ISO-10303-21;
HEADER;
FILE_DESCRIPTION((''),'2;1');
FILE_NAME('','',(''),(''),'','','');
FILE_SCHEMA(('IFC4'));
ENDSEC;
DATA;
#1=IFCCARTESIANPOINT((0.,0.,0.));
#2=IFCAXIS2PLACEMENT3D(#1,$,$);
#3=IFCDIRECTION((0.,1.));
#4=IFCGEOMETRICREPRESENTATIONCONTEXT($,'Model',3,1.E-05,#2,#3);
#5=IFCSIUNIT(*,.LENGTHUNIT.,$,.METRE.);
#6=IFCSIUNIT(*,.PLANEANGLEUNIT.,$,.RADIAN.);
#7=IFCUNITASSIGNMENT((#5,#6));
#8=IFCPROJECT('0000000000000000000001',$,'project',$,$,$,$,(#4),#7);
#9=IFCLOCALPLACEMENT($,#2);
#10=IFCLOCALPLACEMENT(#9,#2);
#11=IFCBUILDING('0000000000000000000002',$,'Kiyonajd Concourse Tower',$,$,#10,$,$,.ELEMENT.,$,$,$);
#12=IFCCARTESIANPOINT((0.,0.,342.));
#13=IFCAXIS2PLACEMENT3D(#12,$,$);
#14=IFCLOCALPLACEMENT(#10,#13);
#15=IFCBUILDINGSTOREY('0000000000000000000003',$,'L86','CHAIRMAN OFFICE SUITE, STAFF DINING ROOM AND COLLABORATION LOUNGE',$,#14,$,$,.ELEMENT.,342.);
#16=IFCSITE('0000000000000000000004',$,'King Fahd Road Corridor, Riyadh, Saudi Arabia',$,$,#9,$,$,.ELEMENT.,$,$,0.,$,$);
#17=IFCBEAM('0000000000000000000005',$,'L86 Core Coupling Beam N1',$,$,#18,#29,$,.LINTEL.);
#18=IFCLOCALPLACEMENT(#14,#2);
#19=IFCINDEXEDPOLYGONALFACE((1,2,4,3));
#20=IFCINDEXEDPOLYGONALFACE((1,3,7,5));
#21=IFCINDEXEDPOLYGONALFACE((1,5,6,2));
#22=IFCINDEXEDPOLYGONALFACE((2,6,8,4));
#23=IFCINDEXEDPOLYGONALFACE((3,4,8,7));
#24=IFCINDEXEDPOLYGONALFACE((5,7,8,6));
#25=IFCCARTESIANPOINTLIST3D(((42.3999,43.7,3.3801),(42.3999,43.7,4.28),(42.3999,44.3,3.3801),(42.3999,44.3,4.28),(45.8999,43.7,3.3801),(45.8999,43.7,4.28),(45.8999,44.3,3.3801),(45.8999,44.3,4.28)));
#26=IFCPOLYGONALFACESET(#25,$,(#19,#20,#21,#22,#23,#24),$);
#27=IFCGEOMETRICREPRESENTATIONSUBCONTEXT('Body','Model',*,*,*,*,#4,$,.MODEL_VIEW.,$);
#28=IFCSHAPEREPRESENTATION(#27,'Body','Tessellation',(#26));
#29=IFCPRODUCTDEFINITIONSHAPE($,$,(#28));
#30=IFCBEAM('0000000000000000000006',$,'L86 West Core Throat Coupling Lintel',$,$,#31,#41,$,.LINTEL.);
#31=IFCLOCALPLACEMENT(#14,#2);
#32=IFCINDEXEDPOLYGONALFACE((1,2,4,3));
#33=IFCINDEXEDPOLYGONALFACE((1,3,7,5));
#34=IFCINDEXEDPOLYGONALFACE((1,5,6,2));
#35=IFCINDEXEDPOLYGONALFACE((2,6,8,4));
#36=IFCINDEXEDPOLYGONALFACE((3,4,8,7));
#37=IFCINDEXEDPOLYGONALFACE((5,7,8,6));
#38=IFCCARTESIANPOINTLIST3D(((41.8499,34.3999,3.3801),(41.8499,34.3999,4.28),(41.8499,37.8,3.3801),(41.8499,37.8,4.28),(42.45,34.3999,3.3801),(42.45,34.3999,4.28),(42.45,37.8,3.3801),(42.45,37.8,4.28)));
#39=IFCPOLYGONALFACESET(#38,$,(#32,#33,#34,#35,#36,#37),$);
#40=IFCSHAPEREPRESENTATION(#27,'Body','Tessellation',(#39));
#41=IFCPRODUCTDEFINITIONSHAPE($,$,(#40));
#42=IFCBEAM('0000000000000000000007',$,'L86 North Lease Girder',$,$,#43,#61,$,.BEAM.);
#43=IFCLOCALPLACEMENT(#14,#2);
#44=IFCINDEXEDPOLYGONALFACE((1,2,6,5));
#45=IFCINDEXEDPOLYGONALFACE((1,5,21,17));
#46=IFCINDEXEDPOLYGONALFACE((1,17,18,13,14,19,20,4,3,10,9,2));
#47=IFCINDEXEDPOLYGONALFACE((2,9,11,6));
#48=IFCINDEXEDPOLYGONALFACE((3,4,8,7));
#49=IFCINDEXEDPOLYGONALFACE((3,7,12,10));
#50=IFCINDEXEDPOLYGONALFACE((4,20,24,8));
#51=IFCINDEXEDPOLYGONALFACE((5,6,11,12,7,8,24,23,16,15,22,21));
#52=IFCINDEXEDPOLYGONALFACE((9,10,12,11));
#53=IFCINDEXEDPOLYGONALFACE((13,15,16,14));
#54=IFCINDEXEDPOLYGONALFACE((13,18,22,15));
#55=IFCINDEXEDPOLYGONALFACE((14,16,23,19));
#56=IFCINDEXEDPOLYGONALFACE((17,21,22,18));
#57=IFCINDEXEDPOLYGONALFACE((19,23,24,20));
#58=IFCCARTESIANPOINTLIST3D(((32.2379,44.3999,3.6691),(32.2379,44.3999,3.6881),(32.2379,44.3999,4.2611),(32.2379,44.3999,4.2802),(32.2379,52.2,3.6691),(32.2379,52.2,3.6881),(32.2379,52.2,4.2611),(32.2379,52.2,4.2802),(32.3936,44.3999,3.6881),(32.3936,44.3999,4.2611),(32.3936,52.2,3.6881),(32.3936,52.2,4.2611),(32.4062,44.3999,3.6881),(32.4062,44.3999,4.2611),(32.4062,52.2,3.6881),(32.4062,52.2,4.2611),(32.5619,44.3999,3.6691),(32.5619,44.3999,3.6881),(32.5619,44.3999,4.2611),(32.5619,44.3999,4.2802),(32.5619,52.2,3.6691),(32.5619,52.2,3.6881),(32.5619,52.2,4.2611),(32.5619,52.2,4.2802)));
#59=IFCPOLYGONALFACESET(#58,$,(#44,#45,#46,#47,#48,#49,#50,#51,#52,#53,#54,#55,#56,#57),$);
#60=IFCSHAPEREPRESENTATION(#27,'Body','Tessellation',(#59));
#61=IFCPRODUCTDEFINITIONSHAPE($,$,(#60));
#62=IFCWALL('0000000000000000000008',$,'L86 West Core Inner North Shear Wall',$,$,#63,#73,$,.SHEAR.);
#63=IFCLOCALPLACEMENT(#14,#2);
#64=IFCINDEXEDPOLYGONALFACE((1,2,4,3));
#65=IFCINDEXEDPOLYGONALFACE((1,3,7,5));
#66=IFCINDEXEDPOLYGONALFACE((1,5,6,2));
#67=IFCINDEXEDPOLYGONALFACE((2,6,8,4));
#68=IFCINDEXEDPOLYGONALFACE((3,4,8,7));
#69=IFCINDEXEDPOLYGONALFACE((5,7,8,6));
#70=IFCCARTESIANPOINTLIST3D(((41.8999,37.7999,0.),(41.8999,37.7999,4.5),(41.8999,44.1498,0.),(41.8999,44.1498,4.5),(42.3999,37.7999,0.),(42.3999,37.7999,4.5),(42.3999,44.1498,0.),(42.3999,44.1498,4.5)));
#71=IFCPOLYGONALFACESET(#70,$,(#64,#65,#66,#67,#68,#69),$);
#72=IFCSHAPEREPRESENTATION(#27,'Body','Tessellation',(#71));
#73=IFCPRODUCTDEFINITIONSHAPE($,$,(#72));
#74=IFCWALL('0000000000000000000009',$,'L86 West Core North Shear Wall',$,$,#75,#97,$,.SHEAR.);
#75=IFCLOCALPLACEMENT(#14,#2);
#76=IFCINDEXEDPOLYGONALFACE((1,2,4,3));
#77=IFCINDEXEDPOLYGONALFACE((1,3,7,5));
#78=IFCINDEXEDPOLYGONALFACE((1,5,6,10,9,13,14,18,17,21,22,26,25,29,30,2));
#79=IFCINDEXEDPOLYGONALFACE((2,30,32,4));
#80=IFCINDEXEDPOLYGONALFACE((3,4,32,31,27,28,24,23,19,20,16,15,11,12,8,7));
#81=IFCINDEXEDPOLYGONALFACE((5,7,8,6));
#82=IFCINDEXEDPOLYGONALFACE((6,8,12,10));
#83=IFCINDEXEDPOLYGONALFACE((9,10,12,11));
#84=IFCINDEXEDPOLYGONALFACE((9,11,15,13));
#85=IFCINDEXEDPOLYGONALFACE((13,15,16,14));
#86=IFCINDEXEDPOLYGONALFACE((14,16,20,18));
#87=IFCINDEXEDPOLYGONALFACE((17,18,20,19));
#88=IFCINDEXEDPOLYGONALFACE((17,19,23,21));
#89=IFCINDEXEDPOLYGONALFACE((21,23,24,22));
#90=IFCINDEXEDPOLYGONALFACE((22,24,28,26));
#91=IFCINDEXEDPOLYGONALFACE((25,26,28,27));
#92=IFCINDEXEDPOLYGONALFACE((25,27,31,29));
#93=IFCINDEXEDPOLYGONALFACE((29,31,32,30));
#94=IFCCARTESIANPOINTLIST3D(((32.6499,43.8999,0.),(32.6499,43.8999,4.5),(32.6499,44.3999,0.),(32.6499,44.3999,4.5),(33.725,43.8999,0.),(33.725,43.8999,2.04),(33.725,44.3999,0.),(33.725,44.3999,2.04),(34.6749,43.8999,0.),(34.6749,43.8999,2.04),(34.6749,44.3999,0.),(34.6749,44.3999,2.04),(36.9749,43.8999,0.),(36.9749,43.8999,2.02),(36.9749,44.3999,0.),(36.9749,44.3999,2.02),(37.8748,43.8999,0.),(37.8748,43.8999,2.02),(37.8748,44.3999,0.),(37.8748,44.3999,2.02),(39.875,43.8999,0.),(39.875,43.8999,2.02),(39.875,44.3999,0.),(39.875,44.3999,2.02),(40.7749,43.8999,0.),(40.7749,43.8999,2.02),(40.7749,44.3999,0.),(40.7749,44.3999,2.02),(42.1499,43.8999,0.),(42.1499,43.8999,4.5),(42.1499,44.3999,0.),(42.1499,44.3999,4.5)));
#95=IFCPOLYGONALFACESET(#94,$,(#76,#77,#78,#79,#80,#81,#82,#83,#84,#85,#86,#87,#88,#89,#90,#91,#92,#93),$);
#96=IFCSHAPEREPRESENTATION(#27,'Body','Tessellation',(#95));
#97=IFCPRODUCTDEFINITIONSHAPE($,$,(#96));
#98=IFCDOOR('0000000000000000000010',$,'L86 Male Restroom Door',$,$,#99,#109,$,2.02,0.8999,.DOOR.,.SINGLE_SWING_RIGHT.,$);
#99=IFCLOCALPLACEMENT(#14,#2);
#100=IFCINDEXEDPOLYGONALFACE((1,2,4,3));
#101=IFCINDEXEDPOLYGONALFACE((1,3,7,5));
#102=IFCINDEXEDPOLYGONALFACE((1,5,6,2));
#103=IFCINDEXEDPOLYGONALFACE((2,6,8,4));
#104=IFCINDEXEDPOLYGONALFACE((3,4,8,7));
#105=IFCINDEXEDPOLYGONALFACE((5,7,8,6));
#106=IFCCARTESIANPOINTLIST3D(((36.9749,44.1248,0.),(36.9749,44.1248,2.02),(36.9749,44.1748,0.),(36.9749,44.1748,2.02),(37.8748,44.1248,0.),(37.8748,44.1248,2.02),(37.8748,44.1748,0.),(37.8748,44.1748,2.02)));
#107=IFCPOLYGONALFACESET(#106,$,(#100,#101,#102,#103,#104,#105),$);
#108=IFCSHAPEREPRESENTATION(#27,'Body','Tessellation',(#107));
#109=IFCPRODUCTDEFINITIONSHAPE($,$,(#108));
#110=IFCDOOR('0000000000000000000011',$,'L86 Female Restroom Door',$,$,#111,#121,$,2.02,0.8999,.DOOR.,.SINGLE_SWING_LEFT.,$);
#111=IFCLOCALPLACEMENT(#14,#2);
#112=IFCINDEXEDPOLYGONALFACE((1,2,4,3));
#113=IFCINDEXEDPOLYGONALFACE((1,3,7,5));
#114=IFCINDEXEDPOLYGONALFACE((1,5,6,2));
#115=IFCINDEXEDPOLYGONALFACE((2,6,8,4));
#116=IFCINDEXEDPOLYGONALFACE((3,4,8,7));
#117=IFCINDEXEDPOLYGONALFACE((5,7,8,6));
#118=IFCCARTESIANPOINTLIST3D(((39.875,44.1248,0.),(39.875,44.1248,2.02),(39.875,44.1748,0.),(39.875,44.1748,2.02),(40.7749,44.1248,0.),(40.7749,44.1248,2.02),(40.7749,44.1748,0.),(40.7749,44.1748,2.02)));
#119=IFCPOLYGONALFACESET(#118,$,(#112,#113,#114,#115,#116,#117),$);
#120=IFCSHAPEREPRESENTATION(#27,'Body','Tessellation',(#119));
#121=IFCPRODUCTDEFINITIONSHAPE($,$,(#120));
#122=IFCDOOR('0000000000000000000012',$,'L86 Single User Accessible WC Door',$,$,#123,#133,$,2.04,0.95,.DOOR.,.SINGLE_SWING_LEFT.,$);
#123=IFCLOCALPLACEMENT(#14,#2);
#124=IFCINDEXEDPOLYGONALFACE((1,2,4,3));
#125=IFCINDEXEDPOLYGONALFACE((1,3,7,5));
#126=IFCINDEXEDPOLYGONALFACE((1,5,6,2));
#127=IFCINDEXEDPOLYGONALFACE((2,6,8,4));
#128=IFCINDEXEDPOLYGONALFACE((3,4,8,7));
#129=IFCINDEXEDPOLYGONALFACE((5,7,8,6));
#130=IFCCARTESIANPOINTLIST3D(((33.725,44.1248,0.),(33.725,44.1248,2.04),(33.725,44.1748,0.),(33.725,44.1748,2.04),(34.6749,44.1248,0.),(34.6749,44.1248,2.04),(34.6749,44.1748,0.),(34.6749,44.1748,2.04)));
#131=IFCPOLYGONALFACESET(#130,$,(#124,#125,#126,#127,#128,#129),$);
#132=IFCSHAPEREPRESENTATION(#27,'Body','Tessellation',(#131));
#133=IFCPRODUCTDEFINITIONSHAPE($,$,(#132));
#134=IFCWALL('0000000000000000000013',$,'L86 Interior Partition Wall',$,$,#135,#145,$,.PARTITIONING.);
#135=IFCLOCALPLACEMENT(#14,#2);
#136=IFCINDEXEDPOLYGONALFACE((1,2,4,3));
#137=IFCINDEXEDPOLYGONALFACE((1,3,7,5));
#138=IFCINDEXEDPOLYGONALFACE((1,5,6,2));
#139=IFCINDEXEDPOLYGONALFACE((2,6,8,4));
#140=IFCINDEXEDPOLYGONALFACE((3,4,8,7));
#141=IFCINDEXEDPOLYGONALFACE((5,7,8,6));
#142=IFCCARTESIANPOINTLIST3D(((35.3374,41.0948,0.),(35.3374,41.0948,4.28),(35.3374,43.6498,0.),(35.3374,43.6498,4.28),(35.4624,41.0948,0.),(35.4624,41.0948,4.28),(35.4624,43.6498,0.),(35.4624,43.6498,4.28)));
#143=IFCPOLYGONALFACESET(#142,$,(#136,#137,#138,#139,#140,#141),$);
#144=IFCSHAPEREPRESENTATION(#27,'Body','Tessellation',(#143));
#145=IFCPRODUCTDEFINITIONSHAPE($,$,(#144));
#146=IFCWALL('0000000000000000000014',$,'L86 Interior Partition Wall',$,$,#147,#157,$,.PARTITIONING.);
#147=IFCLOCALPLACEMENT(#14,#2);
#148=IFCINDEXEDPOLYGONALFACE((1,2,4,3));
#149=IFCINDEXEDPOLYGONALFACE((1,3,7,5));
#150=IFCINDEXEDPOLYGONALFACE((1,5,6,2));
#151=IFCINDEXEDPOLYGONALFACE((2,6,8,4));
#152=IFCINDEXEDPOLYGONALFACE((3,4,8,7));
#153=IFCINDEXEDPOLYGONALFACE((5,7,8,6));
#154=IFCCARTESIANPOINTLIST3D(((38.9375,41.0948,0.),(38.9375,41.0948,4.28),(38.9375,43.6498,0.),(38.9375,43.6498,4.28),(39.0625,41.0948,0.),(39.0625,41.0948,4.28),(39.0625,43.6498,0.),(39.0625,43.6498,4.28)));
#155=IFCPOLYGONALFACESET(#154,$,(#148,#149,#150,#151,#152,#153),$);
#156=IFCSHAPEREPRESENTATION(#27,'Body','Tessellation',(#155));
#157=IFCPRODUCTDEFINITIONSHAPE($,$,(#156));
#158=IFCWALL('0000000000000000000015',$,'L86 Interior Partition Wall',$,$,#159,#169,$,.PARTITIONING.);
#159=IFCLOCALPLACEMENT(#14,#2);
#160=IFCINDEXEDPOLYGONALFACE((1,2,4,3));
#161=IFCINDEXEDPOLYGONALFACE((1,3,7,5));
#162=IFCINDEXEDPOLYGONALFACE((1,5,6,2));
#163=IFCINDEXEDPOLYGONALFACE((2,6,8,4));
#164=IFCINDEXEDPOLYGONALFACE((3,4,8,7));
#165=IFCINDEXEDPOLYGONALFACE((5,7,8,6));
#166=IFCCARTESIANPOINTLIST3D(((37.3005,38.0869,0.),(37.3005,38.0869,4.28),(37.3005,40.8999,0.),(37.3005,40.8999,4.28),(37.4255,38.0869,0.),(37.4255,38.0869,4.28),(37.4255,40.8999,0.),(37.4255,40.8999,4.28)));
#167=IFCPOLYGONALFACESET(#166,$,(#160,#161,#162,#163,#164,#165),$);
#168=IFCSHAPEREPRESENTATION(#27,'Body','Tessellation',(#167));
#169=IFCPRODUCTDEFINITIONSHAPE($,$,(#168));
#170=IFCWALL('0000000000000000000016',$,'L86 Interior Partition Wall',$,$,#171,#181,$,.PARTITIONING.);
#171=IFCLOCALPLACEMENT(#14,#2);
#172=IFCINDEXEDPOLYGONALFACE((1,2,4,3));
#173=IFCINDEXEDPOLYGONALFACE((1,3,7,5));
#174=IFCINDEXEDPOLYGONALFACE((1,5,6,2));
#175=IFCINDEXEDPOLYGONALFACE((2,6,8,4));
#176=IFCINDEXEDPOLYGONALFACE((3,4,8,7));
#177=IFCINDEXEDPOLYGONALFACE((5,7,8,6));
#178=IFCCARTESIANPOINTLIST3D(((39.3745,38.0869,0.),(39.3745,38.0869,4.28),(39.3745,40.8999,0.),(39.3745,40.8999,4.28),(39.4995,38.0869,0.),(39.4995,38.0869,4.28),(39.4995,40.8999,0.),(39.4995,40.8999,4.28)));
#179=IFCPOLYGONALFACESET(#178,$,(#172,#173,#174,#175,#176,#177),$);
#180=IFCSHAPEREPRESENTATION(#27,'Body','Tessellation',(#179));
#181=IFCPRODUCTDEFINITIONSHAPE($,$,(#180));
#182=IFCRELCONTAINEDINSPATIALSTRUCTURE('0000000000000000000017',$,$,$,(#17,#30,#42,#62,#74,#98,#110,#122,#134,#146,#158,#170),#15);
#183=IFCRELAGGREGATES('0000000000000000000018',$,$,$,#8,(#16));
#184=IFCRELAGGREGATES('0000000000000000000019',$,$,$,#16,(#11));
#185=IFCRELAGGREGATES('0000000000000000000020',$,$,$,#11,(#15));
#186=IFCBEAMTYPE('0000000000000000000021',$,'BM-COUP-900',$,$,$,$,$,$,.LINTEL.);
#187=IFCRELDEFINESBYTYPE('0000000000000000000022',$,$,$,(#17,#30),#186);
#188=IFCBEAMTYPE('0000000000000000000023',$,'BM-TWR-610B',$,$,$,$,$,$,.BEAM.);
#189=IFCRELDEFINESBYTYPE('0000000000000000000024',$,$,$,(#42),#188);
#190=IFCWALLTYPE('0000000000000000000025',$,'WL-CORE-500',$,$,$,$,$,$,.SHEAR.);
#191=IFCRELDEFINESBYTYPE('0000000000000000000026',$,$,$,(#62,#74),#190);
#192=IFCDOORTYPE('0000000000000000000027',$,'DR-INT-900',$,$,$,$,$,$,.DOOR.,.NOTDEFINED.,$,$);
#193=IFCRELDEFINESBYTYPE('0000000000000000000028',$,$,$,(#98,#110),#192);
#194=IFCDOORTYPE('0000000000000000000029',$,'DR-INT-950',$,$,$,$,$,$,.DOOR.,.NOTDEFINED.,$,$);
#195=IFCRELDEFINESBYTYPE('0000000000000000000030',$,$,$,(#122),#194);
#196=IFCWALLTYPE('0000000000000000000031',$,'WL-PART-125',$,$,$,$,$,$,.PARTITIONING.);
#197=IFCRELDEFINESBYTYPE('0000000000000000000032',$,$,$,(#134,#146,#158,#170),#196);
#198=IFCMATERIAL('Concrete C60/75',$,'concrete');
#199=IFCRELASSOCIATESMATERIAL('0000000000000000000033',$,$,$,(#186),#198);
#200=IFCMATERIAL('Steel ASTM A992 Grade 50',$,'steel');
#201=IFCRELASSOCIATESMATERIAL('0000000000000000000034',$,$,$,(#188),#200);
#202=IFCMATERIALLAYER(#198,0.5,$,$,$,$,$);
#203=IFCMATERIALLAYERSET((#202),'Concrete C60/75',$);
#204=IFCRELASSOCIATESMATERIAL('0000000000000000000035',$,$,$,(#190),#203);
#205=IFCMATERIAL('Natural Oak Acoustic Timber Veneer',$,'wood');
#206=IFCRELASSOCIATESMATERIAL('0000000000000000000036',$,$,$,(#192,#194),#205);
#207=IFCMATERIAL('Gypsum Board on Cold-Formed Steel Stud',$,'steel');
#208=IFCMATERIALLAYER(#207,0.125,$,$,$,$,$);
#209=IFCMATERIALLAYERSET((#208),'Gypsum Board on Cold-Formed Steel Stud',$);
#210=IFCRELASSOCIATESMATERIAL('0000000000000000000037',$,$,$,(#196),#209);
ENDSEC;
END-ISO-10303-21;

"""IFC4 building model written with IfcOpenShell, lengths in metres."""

from ifc_helpers import new_model, si_unit, direction, frame, frame_2d, origin, origin_2d, place, context, subcontext, project, spatial, rectangle, i_section, extrude, material, layer, layer_set, material_profile, profile_set, type_object, element, fill, save


model = new_model("IFC4")

# Units and contexts
model_context = context("Model", 3, precision=1e-05, world=origin(), true_north=direction((0.0, 1.0)))
body_context = subcontext(model_context, "Body", "Model", "MODEL_VIEW")
ifc_project = project(units=[si_unit("LENGTHUNIT", "METRE"), si_unit("PLANEANGLEUNIT", "RADIAN")], contexts=[model_context])

# Site, building, storey
site_placement = place(None, origin())
site = spatial("IfcSite", under=ifc_project, at=site_placement, Name="King Fahd Road Corridor, Riyadh, Saudi Arabia", CompositionType="ELEMENT", RefElevation=0.0)
building_placement = place(site_placement, origin())
building = spatial("IfcBuilding", under=site, at=building_placement, Name="Kiyonajd Concourse Tower", CompositionType="ELEMENT")
storey_placement = place(building_placement, frame((0.0, 0.0, 342.0)))
storey = spatial("IfcBuildingStorey", under=building, at=storey_placement, Name="L86", Description="CHAIRMAN OFFICE SUITE, STAFF DINING ROOM AND COLLABORATION LOUNGE", CompositionType="ELEMENT", Elevation=342.0)

# Beams
ifc_material_1 = material(Name="Concrete C60/75", Category="concrete")
ifc_material_profile_1 = material_profile(ifc_material_1, rectangle(XDim=0.6001, YDim=0.8999, at=origin_2d()), Name="RCBM-600x900")
ifc_profile_set_1 = profile_set([ifc_material_profile_1], Name="Concrete C60/75")
beam_type_1 = type_object("IfcBeamType", Name="BM-COUP-900", PredefinedType="LINTEL", material=ifc_profile_set_1)
beam_1_placement = place(storey_placement, frame((42.3999, 44.0, 3.8301), z_axis=(1.0, 0.0, 0.0), x_axis=(0.0, 1.0, 0.0)))
element("IfcBeam", 1, at=beam_1_placement, inside=storey, type_object=beam_type_1, Name="L86 Core Coupling Beam N1", PredefinedType="LINTEL", context=body_context, shape_type="SweptSolid", body=[
    extrude(rectangle(XDim=0.6001, YDim=0.8999, at=origin_2d()), origin(), (0.0, 0.0, 1.0), 3.5),
])
beam_2_placement = place(storey_placement, frame((42.1499, 34.3999, 3.8301), z_axis=(0.0, 1.0, 0.0), x_axis=(-1.0, 0.0, 0.0)))
element("IfcBeam", 2, at=beam_2_placement, inside=storey, type_object=beam_type_1, Name="L86 West Core Throat Coupling Lintel", PredefinedType="LINTEL", context=body_context, shape_type="SweptSolid", body=[
    extrude(rectangle(XDim=0.6001, YDim=0.8999, at=origin_2d()), origin(), (0.0, 0.0, 1.0), 3.4001),
])
ifc_material_2 = material(Name="Steel ASTM A992 Grade 50", Category="steel")
ifc_material_profile_2 = material_profile(ifc_material_2, i_section(OverallWidth=0.324, OverallDepth=0.6111, WebThickness=0.0127, FlangeThickness=0.019, at=origin_2d()), Name="W610X155")
ifc_profile_set_2 = profile_set([ifc_material_profile_2], Name="Steel ASTM A992 Grade 50")
beam_type_2 = type_object("IfcBeamType", Name="BM-TWR-610B", PredefinedType="BEAM", material=ifc_profile_set_2)
beam_3_placement = place(storey_placement, frame((32.3999, 44.3999, 3.9746), z_axis=(0.0, 1.0, 0.0), x_axis=(-1.0, 0.0, 0.0)))
element("IfcBeam", 3, at=beam_3_placement, inside=storey, type_object=beam_type_2, Name="L86 North Lease Girder", PredefinedType="BEAM", context=body_context, shape_type="SweptSolid", body=[
    extrude(i_section(OverallWidth=0.324, OverallDepth=0.6111, WebThickness=0.0127, FlangeThickness=0.019, at=origin_2d()), origin(), (0.0, 0.0, 1.0), 7.8),
])

# Wall
ifc_layer_1 = layer(ifc_material_1, 0.5)
ifc_layer_set_1 = layer_set([ifc_layer_1], Name="Concrete C60/75")
wall_type_1 = type_object("IfcWallType", Name="WL-CORE-500", PredefinedType="SHEAR", material=ifc_layer_set_1)
wall_1_placement = place(storey_placement, frame((42.1499, 37.8, 0.0), z_axis=(0.0, 0.0, 1.0), x_axis=(0.0, 1.0, 0.0)))
element("IfcWall", 4, at=wall_1_placement, inside=storey, type_object=wall_type_1, Name="L86 West Core Inner North Shear Wall", PredefinedType="SHEAR", context=body_context, shape_type="SweptSolid", body=[
    extrude(rectangle(XDim=6.3499, YDim=0.5, at=frame_2d((3.1748, 0.0))), origin(), (0.0, 0.0, 1.0), 4.5),
])

# Wall, openings, doors
wall_2_placement = place(storey_placement, frame((32.6499, 44.1499, 0.0), z_axis=(0.0, 0.0, 1.0), x_axis=(1.0, 0.0, 0.0)))
wall_2 = element("IfcWall", 5, at=wall_2_placement, inside=storey, type_object=wall_type_1, Name="L86 West Core North Shear Wall", PredefinedType="SHEAR", context=body_context, shape_type="SweptSolid", body=[
    extrude(rectangle(XDim=9.5, YDim=0.5, at=frame_2d((4.75, 0.0))), origin(), (0.0, 0.0, 1.0), 4.5),
])
opening_1_placement = place(wall_2_placement, frame((1.075, 0.0, 0.0)))
opening_1 = element("IfcOpeningElement", 6, at=opening_1_placement, cuts=wall_2, PredefinedType="OPENING", context=body_context, shape_type="SweptSolid", body=[
    extrude(rectangle(XDim=0.95, YDim=2.04, at=frame_2d((0.4751, 1.02))), frame((0.0, 0.26, 0.0), z_axis=(0.0, -1.0, 0.0), x_axis=(1.0, 0.0, 0.0)), (0.0, 0.0, 1.0), 0.52),
])
opening_2_placement = place(wall_2_placement, frame((4.325, 0.0, 0.0)))
opening_2 = element("IfcOpeningElement", 7, at=opening_2_placement, cuts=wall_2, PredefinedType="OPENING", context=body_context, shape_type="SweptSolid", body=[
    extrude(rectangle(XDim=0.8999, YDim=2.02, at=frame_2d((0.45, 1.01))), frame((0.0, 0.26, 0.0), z_axis=(0.0, -1.0, 0.0), x_axis=(1.0, 0.0, 0.0)), (0.0, 0.0, 1.0), 0.52),
])
opening_3_placement = place(wall_2_placement, frame((7.2251, 0.0, 0.0)))
opening_3 = element("IfcOpeningElement", 8, at=opening_3_placement, cuts=wall_2, PredefinedType="OPENING", context=body_context, shape_type="SweptSolid", body=[
    extrude(rectangle(XDim=0.8999, YDim=2.02, at=frame_2d((0.45, 1.01))), frame((0.0, 0.26, 0.0), z_axis=(0.0, -1.0, 0.0), x_axis=(1.0, 0.0, 0.0)), (0.0, 0.0, 1.0), 0.52),
])
ifc_material_3 = material(Name="Natural Oak Acoustic Timber Veneer", Category="wood")
door_type_1 = type_object("IfcDoorType", Name="DR-INT-900", OperationType="NOTDEFINED", PredefinedType="DOOR", material=ifc_material_3)
door_1_placement = place(opening_2_placement, origin())
door_1 = element("IfcDoor", 9, at=door_1_placement, inside=storey, type_object=door_type_1, Name="L86 Male Restroom Door", OperationType="SINGLE_SWING_RIGHT", OverallHeight=2.02, OverallWidth=0.8999, PredefinedType="DOOR", context=body_context, shape_type="SweptSolid", body=[
    extrude(rectangle(XDim=0.8999, YDim=2.02, at=frame_2d((0.45, 1.01))), frame((0.0, 0.0249, 0.0), z_axis=(0.0, -1.0, 0.0), x_axis=(1.0, 0.0, 0.0)), (0.0, 0.0, 1.0), 0.05),
])
fill(opening_2, door_1)
door_2_placement = place(opening_3_placement, origin())
door_2 = element("IfcDoor", 10, at=door_2_placement, inside=storey, type_object=door_type_1, Name="L86 Female Restroom Door", OperationType="SINGLE_SWING_LEFT", OverallHeight=2.02, OverallWidth=0.8999, PredefinedType="DOOR", context=body_context, shape_type="SweptSolid", body=[
    extrude(rectangle(XDim=0.8999, YDim=2.02, at=frame_2d((0.45, 1.01))), frame((0.0, 0.0249, 0.0), z_axis=(0.0, -1.0, 0.0), x_axis=(1.0, 0.0, 0.0)), (0.0, 0.0, 1.0), 0.05),
])
fill(opening_3, door_2)
door_type_2 = type_object("IfcDoorType", Name="DR-INT-950", OperationType="NOTDEFINED", PredefinedType="DOOR", material=ifc_material_3)
door_3_placement = place(opening_1_placement, origin())
door_3 = element("IfcDoor", 11, at=door_3_placement, inside=storey, type_object=door_type_2, Name="L86 Single User Accessible WC Door", OperationType="SINGLE_SWING_LEFT", OverallHeight=2.04, OverallWidth=0.95, PredefinedType="DOOR", context=body_context, shape_type="SweptSolid", body=[
    extrude(rectangle(XDim=0.95, YDim=2.04, at=frame_2d((0.4751, 1.02))), frame((0.0, 0.0249, 0.0), z_axis=(0.0, -1.0, 0.0), x_axis=(1.0, 0.0, 0.0)), (0.0, 0.0, 1.0), 0.05),
])
fill(opening_1, door_3)

# Walls
ifc_material_4 = material(Name="Gypsum Board on Cold-Formed Steel Stud", Category="steel")
ifc_layer_2 = layer(ifc_material_4, 0.125)
ifc_layer_set_2 = layer_set([ifc_layer_2], Name="Gypsum Board on Cold-Formed Steel Stud")
wall_type_2 = type_object("IfcWallType", Name="WL-PART-125", PredefinedType="PARTITIONING", material=ifc_layer_set_2)
for number, where, z_axis, x_axis, name in (
    (12, (35.3999, 41.095, 0.0), (0.0, 0.0, 1.0), (0.0, 1.0, 0.0), "L86 Interior Partition Wall"),
    (13, (39.0, 41.095, 0.0), (0.0, 0.0, 1.0), (0.0, 1.0, 0.0), "L86 Interior Partition Wall"),
):
    element("IfcWall", number, at=place(storey_placement, frame(where, z_axis=z_axis, x_axis=x_axis)), inside=storey, type_object=wall_type_2, Name=name, PredefinedType="PARTITIONING", context=body_context, shape_type="SweptSolid", body=[
        extrude(rectangle(XDim=2.5549, YDim=0.125, at=frame_2d((1.2773, 0.0))), origin(), (0.0, 0.0, 1.0), 4.28),
    ])
for number, where, z_axis, x_axis, name in (
    (14, (37.363, 38.0869, 0.0), (0.0, 0.0, 1.0), (0.0, 1.0, 0.0), "L86 Interior Partition Wall"),
    (15, (39.437, 38.0869, 0.0), (0.0, 0.0, 1.0), (0.0, 1.0, 0.0), "L86 Interior Partition Wall"),
):
    element("IfcWall", number, at=place(storey_placement, frame(where, z_axis=z_axis, x_axis=x_axis)), inside=storey, type_object=wall_type_2, Name=name, PredefinedType="PARTITIONING", context=body_context, shape_type="SweptSolid", body=[
        extrude(rectangle(XDim=2.813, YDim=0.125, at=frame_2d((1.4065, 0.0))), origin(), (0.0, 0.0, 1.0), 4.28),
    ])

save(model, "model.ifc")
